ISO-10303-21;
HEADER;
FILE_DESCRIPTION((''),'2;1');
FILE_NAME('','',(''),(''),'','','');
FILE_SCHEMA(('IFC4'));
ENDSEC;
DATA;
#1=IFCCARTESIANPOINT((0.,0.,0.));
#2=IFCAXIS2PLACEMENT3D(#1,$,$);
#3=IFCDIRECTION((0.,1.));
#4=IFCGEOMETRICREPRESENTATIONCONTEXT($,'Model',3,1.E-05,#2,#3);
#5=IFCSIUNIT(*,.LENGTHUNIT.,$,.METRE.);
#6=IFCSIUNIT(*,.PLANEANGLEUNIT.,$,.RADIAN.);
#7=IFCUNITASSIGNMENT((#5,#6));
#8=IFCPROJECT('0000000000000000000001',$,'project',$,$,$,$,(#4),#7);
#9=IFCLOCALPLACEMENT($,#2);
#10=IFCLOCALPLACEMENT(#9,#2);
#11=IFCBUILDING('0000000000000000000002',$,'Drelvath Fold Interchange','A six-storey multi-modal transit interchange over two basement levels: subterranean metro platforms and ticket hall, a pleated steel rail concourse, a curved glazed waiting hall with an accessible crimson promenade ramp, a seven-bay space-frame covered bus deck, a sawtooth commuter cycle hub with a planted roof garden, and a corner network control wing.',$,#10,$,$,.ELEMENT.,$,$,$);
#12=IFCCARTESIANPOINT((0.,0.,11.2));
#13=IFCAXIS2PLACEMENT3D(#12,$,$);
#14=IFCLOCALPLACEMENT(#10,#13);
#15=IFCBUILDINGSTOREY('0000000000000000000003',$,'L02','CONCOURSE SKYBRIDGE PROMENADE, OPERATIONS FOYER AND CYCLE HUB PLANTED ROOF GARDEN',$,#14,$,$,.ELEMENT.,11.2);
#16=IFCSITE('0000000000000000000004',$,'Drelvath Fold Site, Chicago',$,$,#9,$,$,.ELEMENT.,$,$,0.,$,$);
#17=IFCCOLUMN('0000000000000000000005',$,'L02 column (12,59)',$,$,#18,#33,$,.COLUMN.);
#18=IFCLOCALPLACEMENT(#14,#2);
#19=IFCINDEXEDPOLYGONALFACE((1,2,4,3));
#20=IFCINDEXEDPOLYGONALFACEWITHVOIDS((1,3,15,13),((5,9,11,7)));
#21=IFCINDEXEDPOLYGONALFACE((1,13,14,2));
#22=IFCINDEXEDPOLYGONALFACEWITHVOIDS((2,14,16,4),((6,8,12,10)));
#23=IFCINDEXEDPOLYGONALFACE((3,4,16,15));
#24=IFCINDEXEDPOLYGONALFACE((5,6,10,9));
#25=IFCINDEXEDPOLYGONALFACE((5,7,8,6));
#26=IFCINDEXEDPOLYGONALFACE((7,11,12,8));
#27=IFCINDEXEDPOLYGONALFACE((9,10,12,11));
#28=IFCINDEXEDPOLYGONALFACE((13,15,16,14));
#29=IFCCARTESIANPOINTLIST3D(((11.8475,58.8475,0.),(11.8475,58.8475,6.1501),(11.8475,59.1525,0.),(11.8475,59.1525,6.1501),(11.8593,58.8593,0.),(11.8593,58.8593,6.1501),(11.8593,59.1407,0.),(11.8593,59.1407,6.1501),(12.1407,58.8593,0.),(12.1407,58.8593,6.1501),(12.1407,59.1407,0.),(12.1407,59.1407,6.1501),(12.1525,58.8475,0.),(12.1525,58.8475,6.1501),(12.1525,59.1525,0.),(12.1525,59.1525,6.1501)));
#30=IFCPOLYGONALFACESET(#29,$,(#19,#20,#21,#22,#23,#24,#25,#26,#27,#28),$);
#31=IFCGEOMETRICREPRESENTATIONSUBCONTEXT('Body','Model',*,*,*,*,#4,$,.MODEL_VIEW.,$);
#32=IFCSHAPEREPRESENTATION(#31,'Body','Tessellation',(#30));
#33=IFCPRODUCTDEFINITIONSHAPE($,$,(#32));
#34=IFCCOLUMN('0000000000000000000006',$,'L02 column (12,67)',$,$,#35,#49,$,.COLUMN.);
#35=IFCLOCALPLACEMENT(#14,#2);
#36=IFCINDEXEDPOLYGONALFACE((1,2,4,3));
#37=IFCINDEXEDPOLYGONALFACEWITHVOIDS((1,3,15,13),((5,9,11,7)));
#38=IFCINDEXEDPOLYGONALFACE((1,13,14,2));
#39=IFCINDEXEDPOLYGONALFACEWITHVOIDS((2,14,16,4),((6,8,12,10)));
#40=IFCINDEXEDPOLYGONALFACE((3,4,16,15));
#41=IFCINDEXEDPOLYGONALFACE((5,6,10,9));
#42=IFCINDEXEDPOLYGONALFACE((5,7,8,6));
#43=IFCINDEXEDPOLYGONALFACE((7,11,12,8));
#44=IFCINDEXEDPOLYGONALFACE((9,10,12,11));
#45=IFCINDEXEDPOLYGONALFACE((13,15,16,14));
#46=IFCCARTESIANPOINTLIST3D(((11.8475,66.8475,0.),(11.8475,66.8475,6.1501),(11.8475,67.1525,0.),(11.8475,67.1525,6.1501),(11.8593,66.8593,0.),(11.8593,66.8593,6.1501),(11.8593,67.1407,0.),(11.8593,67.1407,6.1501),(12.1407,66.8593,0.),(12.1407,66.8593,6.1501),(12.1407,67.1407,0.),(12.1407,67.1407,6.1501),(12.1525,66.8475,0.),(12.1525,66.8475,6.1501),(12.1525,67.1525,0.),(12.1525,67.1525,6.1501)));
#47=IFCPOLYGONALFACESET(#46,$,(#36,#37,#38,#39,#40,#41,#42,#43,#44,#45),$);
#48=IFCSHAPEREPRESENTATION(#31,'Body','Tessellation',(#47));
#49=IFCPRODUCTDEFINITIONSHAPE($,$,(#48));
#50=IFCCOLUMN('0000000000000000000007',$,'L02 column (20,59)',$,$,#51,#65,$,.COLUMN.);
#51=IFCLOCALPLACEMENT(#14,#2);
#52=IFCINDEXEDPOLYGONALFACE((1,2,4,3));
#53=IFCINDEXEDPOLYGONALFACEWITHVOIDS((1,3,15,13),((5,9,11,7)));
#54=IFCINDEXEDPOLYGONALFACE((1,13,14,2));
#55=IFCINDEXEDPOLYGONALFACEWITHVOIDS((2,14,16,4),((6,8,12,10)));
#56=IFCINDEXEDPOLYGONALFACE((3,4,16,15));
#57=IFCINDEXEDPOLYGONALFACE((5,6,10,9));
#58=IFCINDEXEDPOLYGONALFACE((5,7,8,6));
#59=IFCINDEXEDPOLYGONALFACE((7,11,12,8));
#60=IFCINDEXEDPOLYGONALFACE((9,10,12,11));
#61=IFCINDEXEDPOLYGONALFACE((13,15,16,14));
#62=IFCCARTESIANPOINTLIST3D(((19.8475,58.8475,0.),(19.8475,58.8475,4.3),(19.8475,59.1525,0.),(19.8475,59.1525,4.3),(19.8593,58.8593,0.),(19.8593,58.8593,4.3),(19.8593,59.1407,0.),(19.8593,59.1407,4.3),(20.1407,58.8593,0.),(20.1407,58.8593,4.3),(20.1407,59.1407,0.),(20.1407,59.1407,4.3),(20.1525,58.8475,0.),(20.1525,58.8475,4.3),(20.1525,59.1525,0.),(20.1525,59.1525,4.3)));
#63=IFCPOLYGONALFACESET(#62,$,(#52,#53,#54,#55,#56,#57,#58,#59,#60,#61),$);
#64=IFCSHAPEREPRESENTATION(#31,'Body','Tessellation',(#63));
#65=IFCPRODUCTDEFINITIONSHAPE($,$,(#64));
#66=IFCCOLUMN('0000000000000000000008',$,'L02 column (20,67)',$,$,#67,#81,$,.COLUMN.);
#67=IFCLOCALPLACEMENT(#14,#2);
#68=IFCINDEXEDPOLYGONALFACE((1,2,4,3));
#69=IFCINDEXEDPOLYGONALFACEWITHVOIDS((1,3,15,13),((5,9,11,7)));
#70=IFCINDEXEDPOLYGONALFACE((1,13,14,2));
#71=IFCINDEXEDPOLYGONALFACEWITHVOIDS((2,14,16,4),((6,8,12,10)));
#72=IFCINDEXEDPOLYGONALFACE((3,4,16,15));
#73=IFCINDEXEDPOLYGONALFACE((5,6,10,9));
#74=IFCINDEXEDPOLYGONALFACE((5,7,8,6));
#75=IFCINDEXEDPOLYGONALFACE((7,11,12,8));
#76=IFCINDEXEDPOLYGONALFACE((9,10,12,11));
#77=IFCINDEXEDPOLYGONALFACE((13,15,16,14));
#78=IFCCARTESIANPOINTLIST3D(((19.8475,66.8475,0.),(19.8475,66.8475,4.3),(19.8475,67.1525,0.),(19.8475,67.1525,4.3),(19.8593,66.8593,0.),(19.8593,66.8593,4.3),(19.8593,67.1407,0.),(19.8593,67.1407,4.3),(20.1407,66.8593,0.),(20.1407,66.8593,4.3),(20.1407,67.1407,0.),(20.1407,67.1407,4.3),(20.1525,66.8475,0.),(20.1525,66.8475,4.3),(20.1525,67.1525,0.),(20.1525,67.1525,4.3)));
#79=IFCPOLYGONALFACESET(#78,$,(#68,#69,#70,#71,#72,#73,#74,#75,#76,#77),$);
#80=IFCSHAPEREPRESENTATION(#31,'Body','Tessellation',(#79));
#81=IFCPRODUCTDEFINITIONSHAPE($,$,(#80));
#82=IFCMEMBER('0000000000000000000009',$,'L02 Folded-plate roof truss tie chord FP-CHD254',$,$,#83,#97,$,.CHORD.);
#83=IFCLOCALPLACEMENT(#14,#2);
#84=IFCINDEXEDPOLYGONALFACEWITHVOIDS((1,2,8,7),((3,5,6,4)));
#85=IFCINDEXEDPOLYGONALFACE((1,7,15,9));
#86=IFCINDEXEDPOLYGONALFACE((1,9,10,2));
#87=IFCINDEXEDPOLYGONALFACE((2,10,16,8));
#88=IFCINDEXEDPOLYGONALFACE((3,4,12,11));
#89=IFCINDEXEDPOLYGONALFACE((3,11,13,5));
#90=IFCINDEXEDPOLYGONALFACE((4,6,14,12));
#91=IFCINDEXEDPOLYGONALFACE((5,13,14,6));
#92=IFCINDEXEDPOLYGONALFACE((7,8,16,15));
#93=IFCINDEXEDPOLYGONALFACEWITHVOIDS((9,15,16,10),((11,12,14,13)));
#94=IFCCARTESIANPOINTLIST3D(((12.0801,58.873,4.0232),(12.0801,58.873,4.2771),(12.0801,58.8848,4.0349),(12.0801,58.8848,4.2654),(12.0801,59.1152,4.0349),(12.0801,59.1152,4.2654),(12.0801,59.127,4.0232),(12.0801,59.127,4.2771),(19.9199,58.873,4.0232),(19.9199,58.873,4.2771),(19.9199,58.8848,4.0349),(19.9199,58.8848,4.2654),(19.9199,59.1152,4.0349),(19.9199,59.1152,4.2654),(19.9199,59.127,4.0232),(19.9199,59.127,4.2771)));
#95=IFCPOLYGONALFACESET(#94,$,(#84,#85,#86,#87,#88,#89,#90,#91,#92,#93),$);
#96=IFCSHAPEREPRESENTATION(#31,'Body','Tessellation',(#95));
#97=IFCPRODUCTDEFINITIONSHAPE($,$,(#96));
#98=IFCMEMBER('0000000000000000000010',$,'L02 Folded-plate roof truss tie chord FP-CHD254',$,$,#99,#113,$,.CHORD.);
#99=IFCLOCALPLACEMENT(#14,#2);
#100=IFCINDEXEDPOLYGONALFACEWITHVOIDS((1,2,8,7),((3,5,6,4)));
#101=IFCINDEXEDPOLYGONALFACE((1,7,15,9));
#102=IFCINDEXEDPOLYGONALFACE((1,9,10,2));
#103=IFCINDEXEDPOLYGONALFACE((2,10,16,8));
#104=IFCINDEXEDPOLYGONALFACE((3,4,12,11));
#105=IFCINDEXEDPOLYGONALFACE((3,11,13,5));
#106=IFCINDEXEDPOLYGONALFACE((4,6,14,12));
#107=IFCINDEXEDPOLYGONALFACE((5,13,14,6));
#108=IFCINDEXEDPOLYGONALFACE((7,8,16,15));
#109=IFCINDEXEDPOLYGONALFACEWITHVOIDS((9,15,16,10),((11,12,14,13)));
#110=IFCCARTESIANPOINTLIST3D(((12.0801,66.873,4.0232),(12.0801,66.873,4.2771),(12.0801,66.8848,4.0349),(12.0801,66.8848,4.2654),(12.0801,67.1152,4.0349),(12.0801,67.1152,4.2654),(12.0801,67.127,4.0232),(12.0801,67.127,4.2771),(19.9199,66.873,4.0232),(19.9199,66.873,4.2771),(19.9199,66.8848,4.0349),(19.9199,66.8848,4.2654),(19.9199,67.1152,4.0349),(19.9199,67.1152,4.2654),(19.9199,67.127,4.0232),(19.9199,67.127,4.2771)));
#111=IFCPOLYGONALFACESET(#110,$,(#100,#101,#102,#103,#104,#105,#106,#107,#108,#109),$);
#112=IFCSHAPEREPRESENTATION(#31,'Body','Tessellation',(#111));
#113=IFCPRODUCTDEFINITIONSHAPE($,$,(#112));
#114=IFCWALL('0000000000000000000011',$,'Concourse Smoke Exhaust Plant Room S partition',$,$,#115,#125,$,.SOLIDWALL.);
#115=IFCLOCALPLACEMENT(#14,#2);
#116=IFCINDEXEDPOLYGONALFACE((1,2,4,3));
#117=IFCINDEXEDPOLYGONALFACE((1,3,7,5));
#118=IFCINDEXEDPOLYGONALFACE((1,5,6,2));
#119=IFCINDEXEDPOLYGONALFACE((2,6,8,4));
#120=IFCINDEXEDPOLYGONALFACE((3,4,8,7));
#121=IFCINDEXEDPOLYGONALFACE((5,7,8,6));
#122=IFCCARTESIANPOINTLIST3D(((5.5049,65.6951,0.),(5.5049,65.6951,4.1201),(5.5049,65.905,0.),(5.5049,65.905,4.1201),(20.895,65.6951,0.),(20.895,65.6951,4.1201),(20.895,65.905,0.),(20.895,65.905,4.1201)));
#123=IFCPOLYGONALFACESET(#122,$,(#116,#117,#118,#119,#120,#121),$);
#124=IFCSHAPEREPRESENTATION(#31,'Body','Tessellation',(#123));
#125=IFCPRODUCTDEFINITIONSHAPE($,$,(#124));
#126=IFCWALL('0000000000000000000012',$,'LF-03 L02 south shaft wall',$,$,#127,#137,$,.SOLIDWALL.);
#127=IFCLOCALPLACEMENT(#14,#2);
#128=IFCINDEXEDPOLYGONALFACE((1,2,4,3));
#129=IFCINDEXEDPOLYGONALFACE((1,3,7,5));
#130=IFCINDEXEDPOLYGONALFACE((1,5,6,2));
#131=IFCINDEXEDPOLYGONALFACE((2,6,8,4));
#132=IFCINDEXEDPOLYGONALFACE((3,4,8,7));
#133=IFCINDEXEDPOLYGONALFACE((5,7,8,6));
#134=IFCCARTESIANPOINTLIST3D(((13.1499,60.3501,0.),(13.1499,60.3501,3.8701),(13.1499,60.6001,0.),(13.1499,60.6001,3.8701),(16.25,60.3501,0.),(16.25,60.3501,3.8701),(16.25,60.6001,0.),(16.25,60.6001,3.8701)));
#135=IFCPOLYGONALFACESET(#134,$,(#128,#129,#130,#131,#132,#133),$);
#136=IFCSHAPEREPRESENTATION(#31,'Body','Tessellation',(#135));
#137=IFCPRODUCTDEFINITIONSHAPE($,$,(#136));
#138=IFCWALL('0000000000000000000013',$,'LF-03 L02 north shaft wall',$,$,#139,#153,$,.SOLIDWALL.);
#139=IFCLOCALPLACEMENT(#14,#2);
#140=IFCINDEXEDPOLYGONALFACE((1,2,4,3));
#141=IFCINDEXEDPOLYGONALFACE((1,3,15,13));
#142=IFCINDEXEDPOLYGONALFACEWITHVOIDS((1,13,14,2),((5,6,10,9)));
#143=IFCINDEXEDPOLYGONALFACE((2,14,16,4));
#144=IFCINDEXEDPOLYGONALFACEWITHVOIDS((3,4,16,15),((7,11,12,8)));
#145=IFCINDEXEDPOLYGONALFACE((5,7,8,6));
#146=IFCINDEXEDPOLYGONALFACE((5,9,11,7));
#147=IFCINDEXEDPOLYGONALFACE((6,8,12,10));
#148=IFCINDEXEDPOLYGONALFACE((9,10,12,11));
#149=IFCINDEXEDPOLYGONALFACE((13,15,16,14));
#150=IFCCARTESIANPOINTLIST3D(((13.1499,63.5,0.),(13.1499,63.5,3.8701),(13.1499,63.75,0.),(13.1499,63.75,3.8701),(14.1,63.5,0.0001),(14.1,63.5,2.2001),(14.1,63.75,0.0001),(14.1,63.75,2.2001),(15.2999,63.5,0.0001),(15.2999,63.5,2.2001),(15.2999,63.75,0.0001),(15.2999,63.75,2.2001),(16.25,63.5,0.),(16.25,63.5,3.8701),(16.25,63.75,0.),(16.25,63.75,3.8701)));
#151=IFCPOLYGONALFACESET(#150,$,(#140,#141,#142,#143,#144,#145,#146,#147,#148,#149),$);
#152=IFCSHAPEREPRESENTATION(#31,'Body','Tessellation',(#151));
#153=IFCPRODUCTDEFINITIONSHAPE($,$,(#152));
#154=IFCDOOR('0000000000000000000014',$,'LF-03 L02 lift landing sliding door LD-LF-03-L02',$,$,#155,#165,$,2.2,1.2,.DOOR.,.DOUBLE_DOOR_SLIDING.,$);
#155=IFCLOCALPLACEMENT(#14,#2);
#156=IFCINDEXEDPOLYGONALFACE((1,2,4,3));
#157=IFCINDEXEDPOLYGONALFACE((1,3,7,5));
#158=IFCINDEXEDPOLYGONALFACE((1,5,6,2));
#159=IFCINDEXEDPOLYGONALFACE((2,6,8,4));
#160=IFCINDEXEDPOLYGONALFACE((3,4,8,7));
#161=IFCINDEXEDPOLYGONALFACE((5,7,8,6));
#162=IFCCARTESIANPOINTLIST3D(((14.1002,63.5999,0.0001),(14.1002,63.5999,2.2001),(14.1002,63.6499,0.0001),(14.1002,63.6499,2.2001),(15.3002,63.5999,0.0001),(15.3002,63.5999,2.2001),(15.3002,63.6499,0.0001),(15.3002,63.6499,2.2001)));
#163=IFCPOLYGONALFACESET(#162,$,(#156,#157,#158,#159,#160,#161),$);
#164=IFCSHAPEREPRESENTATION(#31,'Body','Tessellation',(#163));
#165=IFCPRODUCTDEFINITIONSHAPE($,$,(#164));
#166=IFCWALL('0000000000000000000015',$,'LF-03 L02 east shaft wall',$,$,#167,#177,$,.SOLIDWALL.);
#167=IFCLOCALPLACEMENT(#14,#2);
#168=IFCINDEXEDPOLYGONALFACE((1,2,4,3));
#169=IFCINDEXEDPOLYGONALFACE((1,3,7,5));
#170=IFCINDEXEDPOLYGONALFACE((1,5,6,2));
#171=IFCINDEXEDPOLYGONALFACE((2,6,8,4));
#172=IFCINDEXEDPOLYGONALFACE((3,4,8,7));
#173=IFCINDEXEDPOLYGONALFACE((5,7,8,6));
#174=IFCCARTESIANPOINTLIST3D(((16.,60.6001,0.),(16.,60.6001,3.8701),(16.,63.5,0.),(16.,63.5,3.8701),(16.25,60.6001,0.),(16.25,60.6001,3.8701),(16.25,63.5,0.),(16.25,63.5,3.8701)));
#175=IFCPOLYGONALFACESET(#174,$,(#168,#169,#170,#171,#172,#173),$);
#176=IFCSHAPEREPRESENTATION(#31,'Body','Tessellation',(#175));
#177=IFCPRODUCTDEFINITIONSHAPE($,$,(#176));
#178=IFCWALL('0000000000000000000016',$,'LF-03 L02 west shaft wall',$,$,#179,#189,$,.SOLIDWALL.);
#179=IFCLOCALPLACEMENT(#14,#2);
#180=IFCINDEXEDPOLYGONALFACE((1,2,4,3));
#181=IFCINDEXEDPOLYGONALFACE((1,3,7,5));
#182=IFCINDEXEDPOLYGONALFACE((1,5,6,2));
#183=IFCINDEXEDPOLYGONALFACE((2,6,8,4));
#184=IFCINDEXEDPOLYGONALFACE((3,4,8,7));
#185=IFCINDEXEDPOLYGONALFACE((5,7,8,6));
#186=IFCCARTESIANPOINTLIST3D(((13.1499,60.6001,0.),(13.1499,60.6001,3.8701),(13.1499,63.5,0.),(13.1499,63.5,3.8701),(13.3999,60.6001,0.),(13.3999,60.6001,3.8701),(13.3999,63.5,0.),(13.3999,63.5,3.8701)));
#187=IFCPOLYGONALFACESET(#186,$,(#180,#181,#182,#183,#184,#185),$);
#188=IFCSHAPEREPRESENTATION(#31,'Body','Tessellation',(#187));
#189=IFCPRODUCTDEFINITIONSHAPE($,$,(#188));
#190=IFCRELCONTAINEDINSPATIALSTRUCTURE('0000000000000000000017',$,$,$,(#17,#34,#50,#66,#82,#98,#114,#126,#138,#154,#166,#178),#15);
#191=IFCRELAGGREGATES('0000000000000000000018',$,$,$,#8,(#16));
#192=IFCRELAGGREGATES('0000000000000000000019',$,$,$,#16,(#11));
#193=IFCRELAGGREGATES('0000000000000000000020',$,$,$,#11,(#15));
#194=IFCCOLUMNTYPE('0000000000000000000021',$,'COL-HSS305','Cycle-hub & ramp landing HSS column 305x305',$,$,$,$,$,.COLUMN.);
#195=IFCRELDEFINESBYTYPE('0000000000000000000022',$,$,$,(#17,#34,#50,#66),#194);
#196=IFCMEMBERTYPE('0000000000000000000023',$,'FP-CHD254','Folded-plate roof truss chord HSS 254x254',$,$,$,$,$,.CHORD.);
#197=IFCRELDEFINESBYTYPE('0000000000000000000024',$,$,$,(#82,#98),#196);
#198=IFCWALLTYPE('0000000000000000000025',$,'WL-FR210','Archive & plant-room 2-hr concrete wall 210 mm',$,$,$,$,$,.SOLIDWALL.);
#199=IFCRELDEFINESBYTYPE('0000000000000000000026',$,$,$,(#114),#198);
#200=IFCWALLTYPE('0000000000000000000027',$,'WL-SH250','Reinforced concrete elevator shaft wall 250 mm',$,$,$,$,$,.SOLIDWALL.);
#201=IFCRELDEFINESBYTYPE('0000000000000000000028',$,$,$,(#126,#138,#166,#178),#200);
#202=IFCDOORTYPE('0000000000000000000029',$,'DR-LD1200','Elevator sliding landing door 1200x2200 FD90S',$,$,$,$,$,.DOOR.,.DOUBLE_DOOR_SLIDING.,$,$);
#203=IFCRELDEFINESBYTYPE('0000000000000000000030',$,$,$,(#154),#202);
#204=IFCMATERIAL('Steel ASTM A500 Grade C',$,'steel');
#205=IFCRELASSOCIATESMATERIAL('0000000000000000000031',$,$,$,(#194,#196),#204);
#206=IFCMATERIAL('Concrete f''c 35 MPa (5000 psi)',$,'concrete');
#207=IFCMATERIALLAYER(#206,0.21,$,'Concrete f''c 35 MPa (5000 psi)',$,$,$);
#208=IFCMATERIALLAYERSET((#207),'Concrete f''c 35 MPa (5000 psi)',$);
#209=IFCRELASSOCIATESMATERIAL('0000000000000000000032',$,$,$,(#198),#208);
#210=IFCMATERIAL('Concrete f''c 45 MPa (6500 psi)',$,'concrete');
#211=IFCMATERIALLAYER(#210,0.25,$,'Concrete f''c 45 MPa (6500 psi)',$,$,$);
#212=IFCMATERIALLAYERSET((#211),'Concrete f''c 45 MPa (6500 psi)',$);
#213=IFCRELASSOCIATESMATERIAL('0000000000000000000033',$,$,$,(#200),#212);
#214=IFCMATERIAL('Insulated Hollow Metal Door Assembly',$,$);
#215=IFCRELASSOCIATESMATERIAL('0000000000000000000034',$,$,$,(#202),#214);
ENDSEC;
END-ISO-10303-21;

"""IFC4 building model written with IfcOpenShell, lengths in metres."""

from ifc_helpers import new_model, si_unit, direction, frame, frame_2d, origin, origin_2d, place, context, subcontext, project, spatial, rectangle, hollow_rectangle, extrude, material, layer, layer_set, material_profile, profile_set, type_object, element, fill, save


model = new_model("IFC4")

# Units and contexts
model_context = context("Model", 3, precision=1e-05, world=origin(), true_north=direction((0.0, 1.0)))
body_context = subcontext(model_context, "Body", "Model", "MODEL_VIEW")
ifc_project = project(units=[si_unit("LENGTHUNIT", "METRE"), si_unit("PLANEANGLEUNIT", "RADIAN")], contexts=[model_context])

# Site, building, storey
site_placement = place(None, origin())
site = spatial("IfcSite", under=ifc_project, at=site_placement, Name="Drelvath Fold Site, Chicago", CompositionType="ELEMENT", RefElevation=0.0)
building_placement = place(site_placement, origin())
building = spatial("IfcBuilding", under=site, at=building_placement, Name="Drelvath Fold Interchange", Description="A six-storey multi-modal transit interchange over two basement levels: subterranean metro platforms and ticket hall, a pleated steel rail concourse, a curved glazed waiting hall with an accessible crimson promenade ramp, a seven-bay space-frame covered bus deck, a sawtooth commuter cycle hub with a planted roof garden, and a corner network control wing.", CompositionType="ELEMENT")
storey_placement = place(building_placement, frame((0.0, 0.0, 11.2)))
storey = spatial("IfcBuildingStorey", under=building, at=storey_placement, Name="L02", Description="CONCOURSE SKYBRIDGE PROMENADE, OPERATIONS FOYER AND CYCLE HUB PLANTED ROOF GARDEN", CompositionType="ELEMENT", Elevation=11.2)

# Columns
ifc_material_1 = material(Name="Steel ASTM A500 Grade C", Category="steel")
ifc_material_profile_1 = material_profile(ifc_material_1, hollow_rectangle(XDim=0.3049, YDim=0.3049, WallThickness=0.0117, at=origin_2d()), Name="HSS12X12X1/2")
ifc_profile_set_1 = profile_set([ifc_material_profile_1], Name="Steel ASTM A500 Grade C")
column_type = type_object("IfcColumnType", Name="COL-HSS305", Description="Cycle-hub & ramp landing HSS column 305x305", PredefinedType="COLUMN", material=ifc_profile_set_1)
for number, where, z_axis, x_axis, name in (
    (1, (12.0, 59.0, 0.0), (0.0, 0.0, 1.0), (1.0, 0.0, 0.0), "L02 column (12,59)"),
    (2, (12.0, 67.0, 0.0), (0.0, 0.0, 1.0), (1.0, 0.0, 0.0), "L02 column (12,67)"),
):
    element("IfcColumn", number, at=place(storey_placement, frame(where, z_axis=z_axis, x_axis=x_axis)), inside=storey, type_object=column_type, Name=name, PredefinedType="COLUMN", context=body_context, shape_type="SweptSolid", body=[
        extrude(hollow_rectangle(XDim=0.3049, YDim=0.3049, WallThickness=0.0117, at=origin_2d()), origin(), (0.0, 0.0, 1.0), 6.1501),
    ])
for number, where, z_axis, x_axis, name in (
    (3, (20.0, 59.0, 0.0), (0.0, 0.0, 1.0), (1.0, 0.0, 0.0), "L02 column (20,59)"),
    (4, (20.0, 67.0, 0.0), (0.0, 0.0, 1.0), (1.0, 0.0, 0.0), "L02 column (20,67)"),
):
    element("IfcColumn", number, at=place(storey_placement, frame(where, z_axis=z_axis, x_axis=x_axis)), inside=storey, type_object=column_type, Name=name, PredefinedType="COLUMN", context=body_context, shape_type="SweptSolid", body=[
        extrude(hollow_rectangle(XDim=0.3049, YDim=0.3049, WallThickness=0.0117, at=origin_2d()), origin(), (0.0, 0.0, 1.0), 4.3),
    ])

# Members
ifc_material_profile_2 = material_profile(ifc_material_1, hollow_rectangle(XDim=0.2539, YDim=0.2539, WallThickness=0.0117, at=origin_2d()), Name="HSS10X10X1/2")
ifc_profile_set_2 = profile_set([ifc_material_profile_2], Name="Steel ASTM A500 Grade C")
member_type = type_object("IfcMemberType", Name="FP-CHD254", Description="Folded-plate roof truss chord HSS 254x254", PredefinedType="CHORD", material=ifc_profile_set_2)
for number, where, z_axis, x_axis, name in (
    (5, (12.0801, 59.0, 4.1501), (1.0, 0.0, 0.0), (0.0, 1.0, 0.0), "L02 Folded-plate roof truss tie chord FP-CHD254"),
    (6, (12.0801, 67.0, 4.1501), (1.0, 0.0, 0.0), (0.0, 1.0, 0.0), "L02 Folded-plate roof truss tie chord FP-CHD254"),
):
    element("IfcMember", number, at=place(storey_placement, frame(where, z_axis=z_axis, x_axis=x_axis)), inside=storey, type_object=member_type, Name=name, PredefinedType="CHORD", context=body_context, shape_type="SweptSolid", body=[
        extrude(hollow_rectangle(XDim=0.2539, YDim=0.2539, WallThickness=0.0117, at=origin_2d()), origin(), (0.0, 0.0, 1.0), 7.8398),
    ])

# Walls
ifc_material_2 = material(Name="Concrete f'c 35 MPa (5000 psi)", Category="concrete")
ifc_layer_1 = layer(ifc_material_2, 0.21, Name="Concrete f'c 35 MPa (5000 psi)")
ifc_layer_set_1 = layer_set([ifc_layer_1], Name="Concrete f'c 35 MPa (5000 psi)")
wall_type_1 = type_object("IfcWallType", Name="WL-FR210", Description="Archive & plant-room 2-hr concrete wall 210 mm", PredefinedType="SOLIDWALL", material=ifc_layer_set_1)
wall_1_placement = place(storey_placement, frame((5.5049, 65.8, 0.0), z_axis=(0.0, 0.0, 1.0), x_axis=(1.0, 0.0, 0.0)))
element("IfcWall", 7, at=wall_1_placement, inside=storey, type_object=wall_type_1, Name="Concourse Smoke Exhaust Plant Room S partition", PredefinedType="SOLIDWALL", context=body_context, shape_type="SweptSolid", body=[
    extrude(rectangle(XDim=15.3901, YDim=0.21, at=frame_2d((7.6951, 0.0))), origin(), (0.0, 0.0, 1.0), 4.1201),
])
ifc_material_3 = material(Name="Concrete f'c 45 MPa (6500 psi)", Category="concrete")
ifc_layer_2 = layer(ifc_material_3, 0.25, Name="Concrete f'c 45 MPa (6500 psi)")
ifc_layer_set_2 = layer_set([ifc_layer_2], Name="Concrete f'c 45 MPa (6500 psi)")
wall_type_2 = type_object("IfcWallType", Name="WL-SH250", Description="Reinforced concrete elevator shaft wall 250 mm", PredefinedType="SOLIDWALL", material=ifc_layer_set_2)
wall_2_placement = place(storey_placement, frame((13.1499, 60.4751, 0.0), z_axis=(0.0, 0.0, 1.0), x_axis=(1.0, 0.0, 0.0)))
element("IfcWall", 8, at=wall_2_placement, inside=storey, type_object=wall_type_2, Name="LF-03 L02 south shaft wall", PredefinedType="SOLIDWALL", context=body_context, shape_type="SweptSolid", body=[
    extrude(rectangle(XDim=3.1001, YDim=0.25, at=frame_2d((1.55, 0.0))), origin(), (0.0, 0.0, 1.0), 3.8701),
])

# Wall, opening, door
wall_3_placement = place(storey_placement, frame((16.25, 63.625, 0.0), z_axis=(0.0, 0.0, 1.0), x_axis=(-1.0, 0.0, 0.0)))
wall_3 = element("IfcWall", 9, at=wall_3_placement, inside=storey, type_object=wall_type_2, Name="LF-03 L02 north shaft wall", PredefinedType="SOLIDWALL", context=body_context, shape_type="SweptSolid", body=[
    extrude(rectangle(XDim=3.1001, YDim=0.25, at=frame_2d((1.55, 0.0))), origin(), (0.0, 0.0, 1.0), 3.8701),
])
opening_1_placement = place(wall_3_placement, frame((0.95, 0.0, 0.0)))
opening_1 = element("IfcOpeningElement", 10, at=opening_1_placement, cuts=wall_3, PredefinedType="OPENING", context=body_context, shape_type="SweptSolid", body=[
    extrude(rectangle(XDim=1.2, YDim=2.2, at=frame_2d((0.6001, 1.1001))), frame((0.0, 0.135, 0.0), z_axis=(0.0, -1.0, 0.0), x_axis=(1.0, 0.0, 0.0)), (0.0, 0.0, 1.0), 0.27),
])
ifc_material_4 = material(Name="Insulated Hollow Metal Door Assembly")
door_type = type_object("IfcDoorType", Name="DR-LD1200", Description="Elevator sliding landing door 1200x2200 FD90S", OperationType="DOUBLE_DOOR_SLIDING", PredefinedType="DOOR", material=ifc_material_4)
door_1_placement = place(opening_1_placement, frame((1.2, 0.0, 0.0), z_axis=(0.0, 0.0, 1.0), x_axis=(-1.0, 0.0, 0.0)))
door_1 = element("IfcDoor", 11, at=door_1_placement, inside=storey, type_object=door_type, Name="LF-03 L02 lift landing sliding door LD-LF-03-L02", OperationType="DOUBLE_DOOR_SLIDING", OverallHeight=2.2, OverallWidth=1.2, PredefinedType="DOOR", context=body_context, shape_type="SweptSolid", body=[
    extrude(rectangle(XDim=1.2, YDim=2.2, at=frame_2d((0.6001, 1.1001))), frame((0.0, 0.0249, 0.0), z_axis=(0.0, -1.0, 0.0), x_axis=(1.0, 0.0, 0.0)), (0.0, 0.0, 1.0), 0.05),
])
fill(opening_1, door_1)

# Walls
for number, where, z_axis, x_axis, name in (
    (12, (16.125, 60.6001, 0.0), (0.0, 0.0, 1.0), (0.0, 1.0, 0.0), "LF-03 L02 east shaft wall"),
    (13, (13.2749, 63.5, 0.0), (0.0, 0.0, 1.0), (0.0, -1.0, 0.0), "LF-03 L02 west shaft wall"),
):
    element("IfcWall", number, at=place(storey_placement, frame(where, z_axis=z_axis, x_axis=x_axis)), inside=storey, type_object=wall_type_2, Name=name, PredefinedType="SOLIDWALL", context=body_context, shape_type="SweptSolid", body=[
        extrude(rectangle(XDim=2.8999, YDim=0.25, at=frame_2d((1.45, 0.0))), origin(), (0.0, 0.0, 1.0), 3.8701),
    ])

save(model, "model.ifc")
